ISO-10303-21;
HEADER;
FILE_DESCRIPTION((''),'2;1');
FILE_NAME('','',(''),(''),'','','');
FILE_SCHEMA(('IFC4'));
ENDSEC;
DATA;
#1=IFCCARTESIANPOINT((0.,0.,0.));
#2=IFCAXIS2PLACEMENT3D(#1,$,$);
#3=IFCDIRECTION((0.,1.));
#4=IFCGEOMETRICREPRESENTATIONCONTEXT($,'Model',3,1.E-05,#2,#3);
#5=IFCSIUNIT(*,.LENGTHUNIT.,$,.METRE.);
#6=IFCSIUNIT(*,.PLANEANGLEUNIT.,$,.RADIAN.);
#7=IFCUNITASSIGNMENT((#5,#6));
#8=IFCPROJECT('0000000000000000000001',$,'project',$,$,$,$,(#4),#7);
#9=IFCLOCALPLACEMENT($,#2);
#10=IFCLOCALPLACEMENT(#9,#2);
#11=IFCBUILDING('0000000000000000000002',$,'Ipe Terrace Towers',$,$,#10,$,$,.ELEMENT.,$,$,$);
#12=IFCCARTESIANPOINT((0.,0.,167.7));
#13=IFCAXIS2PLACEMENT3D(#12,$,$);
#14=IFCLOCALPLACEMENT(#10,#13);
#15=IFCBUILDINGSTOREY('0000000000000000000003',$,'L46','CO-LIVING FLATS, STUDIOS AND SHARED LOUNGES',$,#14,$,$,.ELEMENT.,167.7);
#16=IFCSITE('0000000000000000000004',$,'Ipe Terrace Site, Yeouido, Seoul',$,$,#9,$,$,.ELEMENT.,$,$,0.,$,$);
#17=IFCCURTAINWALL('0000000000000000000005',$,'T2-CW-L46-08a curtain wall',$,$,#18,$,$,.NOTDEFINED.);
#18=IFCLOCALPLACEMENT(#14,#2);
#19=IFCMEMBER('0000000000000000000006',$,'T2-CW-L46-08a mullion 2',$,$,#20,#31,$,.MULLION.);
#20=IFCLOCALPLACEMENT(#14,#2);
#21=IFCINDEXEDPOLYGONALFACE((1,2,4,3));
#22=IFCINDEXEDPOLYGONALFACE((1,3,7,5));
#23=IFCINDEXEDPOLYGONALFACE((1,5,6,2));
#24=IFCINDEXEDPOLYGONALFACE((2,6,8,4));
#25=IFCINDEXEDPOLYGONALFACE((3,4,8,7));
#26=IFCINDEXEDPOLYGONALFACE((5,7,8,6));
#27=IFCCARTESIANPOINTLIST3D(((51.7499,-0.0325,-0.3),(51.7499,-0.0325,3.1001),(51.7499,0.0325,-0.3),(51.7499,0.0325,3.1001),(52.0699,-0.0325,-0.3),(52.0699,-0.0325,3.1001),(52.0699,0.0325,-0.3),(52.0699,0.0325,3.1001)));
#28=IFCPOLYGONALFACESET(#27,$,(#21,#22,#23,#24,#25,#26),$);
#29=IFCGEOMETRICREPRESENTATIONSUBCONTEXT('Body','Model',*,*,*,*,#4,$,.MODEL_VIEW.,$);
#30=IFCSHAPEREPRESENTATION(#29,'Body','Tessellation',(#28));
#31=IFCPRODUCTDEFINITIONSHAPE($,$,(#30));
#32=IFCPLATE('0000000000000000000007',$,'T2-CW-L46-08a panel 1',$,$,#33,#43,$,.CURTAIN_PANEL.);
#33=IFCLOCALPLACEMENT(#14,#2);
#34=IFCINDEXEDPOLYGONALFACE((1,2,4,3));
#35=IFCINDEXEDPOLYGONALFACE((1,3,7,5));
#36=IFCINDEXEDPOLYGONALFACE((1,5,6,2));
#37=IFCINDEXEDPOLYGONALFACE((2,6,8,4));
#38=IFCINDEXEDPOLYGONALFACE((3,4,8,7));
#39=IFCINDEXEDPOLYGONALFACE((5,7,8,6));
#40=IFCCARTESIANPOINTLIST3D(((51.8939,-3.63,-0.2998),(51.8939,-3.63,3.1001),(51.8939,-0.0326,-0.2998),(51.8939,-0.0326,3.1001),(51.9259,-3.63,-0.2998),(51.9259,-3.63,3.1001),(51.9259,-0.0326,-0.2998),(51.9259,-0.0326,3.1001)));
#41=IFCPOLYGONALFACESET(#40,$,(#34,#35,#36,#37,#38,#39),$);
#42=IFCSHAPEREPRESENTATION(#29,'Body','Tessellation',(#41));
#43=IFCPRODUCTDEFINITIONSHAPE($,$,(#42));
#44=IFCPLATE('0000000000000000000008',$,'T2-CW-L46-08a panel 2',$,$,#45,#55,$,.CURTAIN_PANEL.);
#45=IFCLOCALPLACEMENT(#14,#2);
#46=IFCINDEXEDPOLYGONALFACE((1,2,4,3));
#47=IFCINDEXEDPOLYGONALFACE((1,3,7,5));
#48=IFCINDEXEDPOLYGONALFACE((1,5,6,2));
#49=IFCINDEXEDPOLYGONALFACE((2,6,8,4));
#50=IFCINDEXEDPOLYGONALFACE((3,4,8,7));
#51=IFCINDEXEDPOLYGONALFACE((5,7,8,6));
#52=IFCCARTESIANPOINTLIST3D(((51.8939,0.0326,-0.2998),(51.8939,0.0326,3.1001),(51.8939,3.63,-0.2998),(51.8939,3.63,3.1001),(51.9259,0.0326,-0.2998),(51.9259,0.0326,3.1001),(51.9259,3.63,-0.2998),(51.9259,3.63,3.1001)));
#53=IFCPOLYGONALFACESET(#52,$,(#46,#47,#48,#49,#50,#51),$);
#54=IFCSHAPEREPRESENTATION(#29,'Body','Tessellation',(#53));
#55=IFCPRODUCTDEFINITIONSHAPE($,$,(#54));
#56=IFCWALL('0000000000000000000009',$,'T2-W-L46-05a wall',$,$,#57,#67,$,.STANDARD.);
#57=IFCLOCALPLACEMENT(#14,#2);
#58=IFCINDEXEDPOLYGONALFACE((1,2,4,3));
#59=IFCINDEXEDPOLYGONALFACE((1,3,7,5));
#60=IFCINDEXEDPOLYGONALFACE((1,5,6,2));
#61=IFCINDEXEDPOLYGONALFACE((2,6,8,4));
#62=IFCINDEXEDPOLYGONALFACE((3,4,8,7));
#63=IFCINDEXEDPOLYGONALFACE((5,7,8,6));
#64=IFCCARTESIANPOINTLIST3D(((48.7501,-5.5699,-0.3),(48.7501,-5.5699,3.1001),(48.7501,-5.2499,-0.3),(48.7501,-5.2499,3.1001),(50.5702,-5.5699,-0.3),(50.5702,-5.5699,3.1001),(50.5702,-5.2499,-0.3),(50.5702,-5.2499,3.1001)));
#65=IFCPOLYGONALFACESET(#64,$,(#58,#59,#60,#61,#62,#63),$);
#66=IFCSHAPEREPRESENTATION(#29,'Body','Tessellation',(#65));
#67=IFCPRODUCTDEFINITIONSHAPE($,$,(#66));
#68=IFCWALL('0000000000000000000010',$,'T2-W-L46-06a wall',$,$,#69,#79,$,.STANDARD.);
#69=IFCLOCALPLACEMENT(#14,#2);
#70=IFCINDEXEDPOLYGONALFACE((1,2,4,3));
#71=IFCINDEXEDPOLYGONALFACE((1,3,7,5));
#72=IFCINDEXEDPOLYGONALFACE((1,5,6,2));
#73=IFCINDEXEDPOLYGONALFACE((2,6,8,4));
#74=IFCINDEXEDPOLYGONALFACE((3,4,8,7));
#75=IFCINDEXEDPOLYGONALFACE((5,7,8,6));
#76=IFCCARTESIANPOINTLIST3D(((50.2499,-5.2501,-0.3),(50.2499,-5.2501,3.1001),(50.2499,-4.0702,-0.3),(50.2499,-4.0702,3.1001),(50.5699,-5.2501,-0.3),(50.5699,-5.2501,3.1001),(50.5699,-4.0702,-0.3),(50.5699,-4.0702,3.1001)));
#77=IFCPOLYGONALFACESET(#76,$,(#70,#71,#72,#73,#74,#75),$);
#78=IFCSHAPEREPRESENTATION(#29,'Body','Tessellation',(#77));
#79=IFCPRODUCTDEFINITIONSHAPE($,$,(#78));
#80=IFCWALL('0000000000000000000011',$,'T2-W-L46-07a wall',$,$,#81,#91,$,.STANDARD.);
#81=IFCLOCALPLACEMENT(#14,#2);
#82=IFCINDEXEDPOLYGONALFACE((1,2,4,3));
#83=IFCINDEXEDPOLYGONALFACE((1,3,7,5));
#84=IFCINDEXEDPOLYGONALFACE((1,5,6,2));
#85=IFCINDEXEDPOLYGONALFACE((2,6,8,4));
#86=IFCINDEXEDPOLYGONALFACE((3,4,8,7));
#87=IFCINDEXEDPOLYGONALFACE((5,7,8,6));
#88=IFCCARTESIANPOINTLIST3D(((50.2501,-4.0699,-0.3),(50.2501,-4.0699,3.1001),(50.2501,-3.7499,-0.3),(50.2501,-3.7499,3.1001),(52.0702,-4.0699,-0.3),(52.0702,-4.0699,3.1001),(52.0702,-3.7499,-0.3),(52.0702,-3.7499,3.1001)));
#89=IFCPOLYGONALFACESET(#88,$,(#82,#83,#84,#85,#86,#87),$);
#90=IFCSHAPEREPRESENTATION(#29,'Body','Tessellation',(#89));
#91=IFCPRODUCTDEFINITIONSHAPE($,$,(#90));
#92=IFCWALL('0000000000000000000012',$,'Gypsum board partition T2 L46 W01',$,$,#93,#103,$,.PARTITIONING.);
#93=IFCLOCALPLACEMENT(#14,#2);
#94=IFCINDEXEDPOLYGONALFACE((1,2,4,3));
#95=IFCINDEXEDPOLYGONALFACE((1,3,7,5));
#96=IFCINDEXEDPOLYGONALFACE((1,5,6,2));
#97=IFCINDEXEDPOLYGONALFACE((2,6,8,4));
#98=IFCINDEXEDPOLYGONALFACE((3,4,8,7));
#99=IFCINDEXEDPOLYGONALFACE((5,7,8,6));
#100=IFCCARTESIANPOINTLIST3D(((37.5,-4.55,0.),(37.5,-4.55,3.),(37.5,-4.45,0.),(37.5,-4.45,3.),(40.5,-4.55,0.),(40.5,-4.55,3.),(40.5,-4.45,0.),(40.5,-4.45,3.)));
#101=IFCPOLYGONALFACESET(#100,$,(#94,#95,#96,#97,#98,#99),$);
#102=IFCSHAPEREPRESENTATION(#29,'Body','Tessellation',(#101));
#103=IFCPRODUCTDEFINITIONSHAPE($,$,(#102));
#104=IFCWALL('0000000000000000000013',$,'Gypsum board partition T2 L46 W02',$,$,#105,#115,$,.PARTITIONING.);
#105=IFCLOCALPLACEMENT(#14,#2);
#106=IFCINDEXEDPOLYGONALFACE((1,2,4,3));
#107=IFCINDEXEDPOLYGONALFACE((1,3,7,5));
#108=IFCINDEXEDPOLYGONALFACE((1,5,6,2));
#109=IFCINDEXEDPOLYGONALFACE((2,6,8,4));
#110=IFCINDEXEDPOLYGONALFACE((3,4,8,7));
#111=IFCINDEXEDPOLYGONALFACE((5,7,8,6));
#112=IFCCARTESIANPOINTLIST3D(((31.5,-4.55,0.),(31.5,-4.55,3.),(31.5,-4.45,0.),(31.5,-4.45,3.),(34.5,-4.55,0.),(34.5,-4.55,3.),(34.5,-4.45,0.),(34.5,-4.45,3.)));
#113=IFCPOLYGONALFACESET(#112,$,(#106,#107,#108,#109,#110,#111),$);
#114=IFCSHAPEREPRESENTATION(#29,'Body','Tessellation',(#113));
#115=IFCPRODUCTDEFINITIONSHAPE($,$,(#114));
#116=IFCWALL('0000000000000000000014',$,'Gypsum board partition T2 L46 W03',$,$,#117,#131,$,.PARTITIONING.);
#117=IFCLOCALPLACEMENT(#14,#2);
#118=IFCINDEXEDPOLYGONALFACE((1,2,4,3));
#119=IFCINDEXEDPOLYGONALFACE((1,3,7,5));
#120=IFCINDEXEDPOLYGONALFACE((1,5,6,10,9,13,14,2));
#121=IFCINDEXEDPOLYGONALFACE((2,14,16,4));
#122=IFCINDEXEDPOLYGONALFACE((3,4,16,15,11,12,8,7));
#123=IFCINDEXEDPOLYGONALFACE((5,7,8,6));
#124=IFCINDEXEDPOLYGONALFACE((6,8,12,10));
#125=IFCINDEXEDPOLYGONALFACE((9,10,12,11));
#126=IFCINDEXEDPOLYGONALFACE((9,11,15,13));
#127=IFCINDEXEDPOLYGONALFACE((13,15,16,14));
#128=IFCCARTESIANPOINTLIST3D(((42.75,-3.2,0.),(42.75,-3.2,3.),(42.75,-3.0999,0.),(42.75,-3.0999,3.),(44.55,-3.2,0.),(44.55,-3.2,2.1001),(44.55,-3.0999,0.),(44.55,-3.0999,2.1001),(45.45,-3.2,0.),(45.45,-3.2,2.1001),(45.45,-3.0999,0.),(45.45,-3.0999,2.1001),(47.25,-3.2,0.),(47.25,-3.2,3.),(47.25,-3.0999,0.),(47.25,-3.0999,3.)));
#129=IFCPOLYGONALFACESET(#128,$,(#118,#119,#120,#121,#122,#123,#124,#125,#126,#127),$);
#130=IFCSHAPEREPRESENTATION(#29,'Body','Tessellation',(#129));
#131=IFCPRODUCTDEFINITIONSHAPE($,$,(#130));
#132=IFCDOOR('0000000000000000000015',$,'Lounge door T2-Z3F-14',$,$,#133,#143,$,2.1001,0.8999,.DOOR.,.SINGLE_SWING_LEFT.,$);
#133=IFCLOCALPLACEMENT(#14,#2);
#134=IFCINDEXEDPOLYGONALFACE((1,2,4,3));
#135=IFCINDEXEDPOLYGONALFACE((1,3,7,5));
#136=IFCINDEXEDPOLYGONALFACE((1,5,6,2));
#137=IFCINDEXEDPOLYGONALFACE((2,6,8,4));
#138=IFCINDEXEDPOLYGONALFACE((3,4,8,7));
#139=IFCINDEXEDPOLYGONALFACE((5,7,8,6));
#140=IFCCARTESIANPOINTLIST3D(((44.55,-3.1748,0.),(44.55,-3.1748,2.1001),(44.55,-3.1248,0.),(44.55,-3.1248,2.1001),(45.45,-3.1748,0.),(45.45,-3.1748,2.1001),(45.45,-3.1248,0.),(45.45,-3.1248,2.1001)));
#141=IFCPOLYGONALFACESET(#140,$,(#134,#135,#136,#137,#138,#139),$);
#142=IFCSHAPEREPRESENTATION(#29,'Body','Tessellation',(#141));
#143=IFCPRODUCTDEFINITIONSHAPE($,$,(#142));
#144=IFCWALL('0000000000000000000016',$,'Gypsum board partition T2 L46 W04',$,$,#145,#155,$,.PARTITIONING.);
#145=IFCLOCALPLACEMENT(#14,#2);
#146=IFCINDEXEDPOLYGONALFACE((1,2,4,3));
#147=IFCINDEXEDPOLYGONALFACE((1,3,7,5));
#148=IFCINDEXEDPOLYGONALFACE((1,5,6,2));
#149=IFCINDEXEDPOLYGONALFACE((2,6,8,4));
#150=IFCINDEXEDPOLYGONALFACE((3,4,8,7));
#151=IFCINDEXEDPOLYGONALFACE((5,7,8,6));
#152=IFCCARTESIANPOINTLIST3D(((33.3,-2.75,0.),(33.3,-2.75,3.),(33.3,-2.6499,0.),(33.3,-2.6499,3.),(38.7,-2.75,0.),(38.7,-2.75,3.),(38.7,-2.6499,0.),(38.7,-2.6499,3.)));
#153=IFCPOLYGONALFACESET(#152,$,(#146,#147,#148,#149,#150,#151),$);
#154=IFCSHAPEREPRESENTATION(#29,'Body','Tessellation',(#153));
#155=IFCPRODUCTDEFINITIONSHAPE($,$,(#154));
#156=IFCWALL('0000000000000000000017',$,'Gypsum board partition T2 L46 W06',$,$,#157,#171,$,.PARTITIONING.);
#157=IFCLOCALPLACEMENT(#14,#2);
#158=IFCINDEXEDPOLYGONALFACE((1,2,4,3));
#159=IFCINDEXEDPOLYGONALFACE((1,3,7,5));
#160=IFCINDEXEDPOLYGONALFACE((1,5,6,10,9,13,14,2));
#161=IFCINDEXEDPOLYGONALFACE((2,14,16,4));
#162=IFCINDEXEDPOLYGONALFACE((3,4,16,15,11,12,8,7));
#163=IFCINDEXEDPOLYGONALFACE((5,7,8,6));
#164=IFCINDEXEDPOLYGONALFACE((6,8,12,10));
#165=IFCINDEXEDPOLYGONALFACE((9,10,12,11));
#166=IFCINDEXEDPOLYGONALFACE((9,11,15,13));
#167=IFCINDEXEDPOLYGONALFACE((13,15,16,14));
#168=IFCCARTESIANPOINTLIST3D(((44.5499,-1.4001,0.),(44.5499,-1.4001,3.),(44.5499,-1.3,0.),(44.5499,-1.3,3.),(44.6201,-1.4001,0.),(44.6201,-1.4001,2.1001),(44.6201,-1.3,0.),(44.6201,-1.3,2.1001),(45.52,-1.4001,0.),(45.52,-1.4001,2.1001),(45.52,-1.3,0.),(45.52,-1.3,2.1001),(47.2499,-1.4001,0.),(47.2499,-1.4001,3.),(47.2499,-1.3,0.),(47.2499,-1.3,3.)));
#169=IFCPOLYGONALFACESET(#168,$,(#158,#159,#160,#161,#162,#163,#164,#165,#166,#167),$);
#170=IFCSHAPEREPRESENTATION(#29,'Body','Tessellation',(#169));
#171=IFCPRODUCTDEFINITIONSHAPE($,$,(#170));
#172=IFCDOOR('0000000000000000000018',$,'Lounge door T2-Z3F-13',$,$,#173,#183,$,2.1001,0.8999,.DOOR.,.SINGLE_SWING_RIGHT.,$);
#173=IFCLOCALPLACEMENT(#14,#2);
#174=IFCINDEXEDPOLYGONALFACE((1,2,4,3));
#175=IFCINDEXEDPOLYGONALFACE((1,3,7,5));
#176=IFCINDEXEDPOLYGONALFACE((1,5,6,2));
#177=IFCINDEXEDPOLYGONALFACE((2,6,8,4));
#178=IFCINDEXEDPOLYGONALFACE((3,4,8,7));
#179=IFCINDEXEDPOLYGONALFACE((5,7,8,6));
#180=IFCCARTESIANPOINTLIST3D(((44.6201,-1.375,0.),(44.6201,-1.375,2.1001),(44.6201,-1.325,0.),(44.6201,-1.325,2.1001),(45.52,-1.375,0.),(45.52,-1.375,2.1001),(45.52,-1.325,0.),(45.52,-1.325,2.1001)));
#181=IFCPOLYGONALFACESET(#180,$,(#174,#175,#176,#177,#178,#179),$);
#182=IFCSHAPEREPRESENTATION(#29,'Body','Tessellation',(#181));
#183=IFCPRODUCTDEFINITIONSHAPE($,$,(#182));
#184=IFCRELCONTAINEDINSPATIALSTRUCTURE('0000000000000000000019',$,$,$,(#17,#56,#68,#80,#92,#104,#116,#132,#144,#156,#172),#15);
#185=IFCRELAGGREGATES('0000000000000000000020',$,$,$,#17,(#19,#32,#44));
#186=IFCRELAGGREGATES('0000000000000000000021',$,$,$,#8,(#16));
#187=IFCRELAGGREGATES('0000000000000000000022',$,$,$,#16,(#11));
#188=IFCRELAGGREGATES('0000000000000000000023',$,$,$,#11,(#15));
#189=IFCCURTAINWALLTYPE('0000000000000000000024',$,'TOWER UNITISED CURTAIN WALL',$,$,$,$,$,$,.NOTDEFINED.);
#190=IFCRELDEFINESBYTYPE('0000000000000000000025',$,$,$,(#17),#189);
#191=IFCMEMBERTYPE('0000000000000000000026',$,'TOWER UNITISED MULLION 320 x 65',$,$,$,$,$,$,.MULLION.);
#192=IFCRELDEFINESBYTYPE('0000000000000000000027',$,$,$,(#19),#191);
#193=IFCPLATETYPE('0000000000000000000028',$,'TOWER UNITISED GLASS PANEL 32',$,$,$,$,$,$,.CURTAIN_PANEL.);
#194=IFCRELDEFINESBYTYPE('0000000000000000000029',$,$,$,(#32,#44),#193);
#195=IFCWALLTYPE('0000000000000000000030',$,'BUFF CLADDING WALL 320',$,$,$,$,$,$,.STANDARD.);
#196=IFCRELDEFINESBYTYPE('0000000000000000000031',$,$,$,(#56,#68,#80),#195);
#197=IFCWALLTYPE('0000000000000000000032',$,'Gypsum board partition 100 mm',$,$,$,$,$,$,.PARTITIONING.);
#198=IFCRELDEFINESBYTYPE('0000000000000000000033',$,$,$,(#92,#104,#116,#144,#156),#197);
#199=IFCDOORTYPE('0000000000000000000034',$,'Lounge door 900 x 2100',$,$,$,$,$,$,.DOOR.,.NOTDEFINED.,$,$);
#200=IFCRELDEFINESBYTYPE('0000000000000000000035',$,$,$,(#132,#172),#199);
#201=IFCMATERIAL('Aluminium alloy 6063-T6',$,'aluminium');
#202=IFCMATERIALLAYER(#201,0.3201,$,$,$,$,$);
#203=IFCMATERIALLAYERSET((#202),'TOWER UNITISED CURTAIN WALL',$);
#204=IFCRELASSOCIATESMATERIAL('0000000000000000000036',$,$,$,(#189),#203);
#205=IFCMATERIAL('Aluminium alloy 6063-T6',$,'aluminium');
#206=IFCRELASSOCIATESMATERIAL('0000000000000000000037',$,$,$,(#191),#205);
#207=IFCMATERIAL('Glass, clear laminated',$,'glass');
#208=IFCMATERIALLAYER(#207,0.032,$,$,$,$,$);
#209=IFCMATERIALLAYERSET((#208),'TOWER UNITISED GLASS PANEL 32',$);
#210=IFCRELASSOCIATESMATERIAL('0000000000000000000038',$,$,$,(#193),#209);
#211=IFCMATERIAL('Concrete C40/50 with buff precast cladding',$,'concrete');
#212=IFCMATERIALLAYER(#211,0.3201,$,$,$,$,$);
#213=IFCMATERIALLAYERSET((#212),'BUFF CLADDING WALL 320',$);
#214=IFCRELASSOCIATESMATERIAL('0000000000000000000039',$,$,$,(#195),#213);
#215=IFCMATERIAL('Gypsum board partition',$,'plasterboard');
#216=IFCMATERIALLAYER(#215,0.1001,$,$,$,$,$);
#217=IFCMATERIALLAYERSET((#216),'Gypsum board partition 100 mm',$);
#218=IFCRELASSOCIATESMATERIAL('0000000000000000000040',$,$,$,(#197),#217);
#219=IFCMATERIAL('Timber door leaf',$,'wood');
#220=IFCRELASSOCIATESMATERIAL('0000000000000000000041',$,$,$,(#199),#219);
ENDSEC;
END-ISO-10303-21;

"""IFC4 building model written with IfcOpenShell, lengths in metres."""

from ifc_helpers import new_model, si_unit, direction, frame, frame_2d, origin, origin_2d, place, context, subcontext, project, spatial, rectangle, extrude, material, layer, layer_set, material_profile, profile_set, type_object, element, fill, aggregate, save


model = new_model("IFC4")

# Units and contexts
model_context = context("Model", 3, precision=1e-05, world=origin(), true_north=direction((0.0, 1.0)))
body_context = subcontext(model_context, "Body", "Model", "MODEL_VIEW")
ifc_project = project(units=[si_unit("LENGTHUNIT", "METRE"), si_unit("PLANEANGLEUNIT", "RADIAN")], contexts=[model_context])

# Site, building, storey
site_placement = place(None, origin())
site = spatial("IfcSite", under=ifc_project, at=site_placement, Name="Ipe Terrace Site, Yeouido, Seoul", CompositionType="ELEMENT", RefElevation=0.0)
building_placement = place(site_placement, origin())
building = spatial("IfcBuilding", under=site, at=building_placement, Name="Ipe Terrace Towers", CompositionType="ELEMENT")
storey_placement = place(building_placement, frame((0.0, 0.0, 167.7)))
storey = spatial("IfcBuildingStorey", under=building, at=storey_placement, Name="L46", Description="CO-LIVING FLATS, STUDIOS AND SHARED LOUNGES", CompositionType="ELEMENT", Elevation=167.7)

# Curtain wall, member, plates
ifc_material_1 = material(Name="Aluminium alloy 6063-T6", Category="aluminium")
ifc_layer_1 = layer(ifc_material_1, 0.3201)
ifc_layer_set_1 = layer_set([ifc_layer_1], Name="TOWER UNITISED CURTAIN WALL")
curtain_wall_type = type_object("IfcCurtainWallType", Name="TOWER UNITISED CURTAIN WALL", PredefinedType="NOTDEFINED", material=ifc_layer_set_1)
curtain_wall_placement = place(storey_placement, origin())
curtain_wall = element("IfcCurtainWall", 1, at=curtain_wall_placement, inside=storey, type_object=curtain_wall_type, Name="T2-CW-L46-08a curtain wall", PredefinedType="NOTDEFINED")
ifc_material_2 = material(Name="Aluminium alloy 6063-T6", Category="aluminium")
ifc_material_profile_1 = material_profile(ifc_material_2, rectangle(XDim=0.3201, YDim=0.0649, at=origin_2d()), Name="TOWER UNITISED MULLION 320 x 65")
ifc_profile_set_1 = profile_set([ifc_material_profile_1], Name="Aluminium alloy 6063-T6")
member_type_1 = type_object("IfcMemberType", Name="TOWER UNITISED MULLION 320 x 65", PredefinedType="MULLION", material=ifc_profile_set_1)
member_1_placement = place(storey_placement, frame((51.9099, 0.0, -0.3), z_axis=(0.0, 0.0, 1.0), x_axis=(1.0, 0.0, 0.0)))
member_1 = element("IfcMember", 2, at=member_1_placement, type_object=member_type_1, Name="T2-CW-L46-08a mullion 2", PredefinedType="MULLION", context=body_context, shape_type="SweptSolid", body=[
    extrude(rectangle(XDim=0.3201, YDim=0.0649, at=origin_2d()), origin(), (0.0, 0.0, 1.0), 3.4001),
])
ifc_material_3 = material(Name="Glass, clear laminated", Category="glass")
ifc_layer_2 = layer(ifc_material_3, 0.032)
ifc_layer_set_2 = layer_set([ifc_layer_2], Name="TOWER UNITISED GLASS PANEL 32")
plate_type = type_object("IfcPlateType", Name="TOWER UNITISED GLASS PANEL 32", PredefinedType="CURTAIN_PANEL", material=ifc_layer_set_2)
plate_1_placement = place(storey_placement, frame((51.9099, -1.8313, -0.2998), z_axis=(0.0, 0.0, 1.0), x_axis=(0.0, 1.0, 0.0)))
plate_1 = element("IfcPlate", 3, at=plate_1_placement, type_object=plate_type, Name="T2-CW-L46-08a panel 1", PredefinedType="CURTAIN_PANEL", context=body_context, shape_type="SweptSolid", body=[
    extrude(rectangle(XDim=3.5974, YDim=0.032, at=origin_2d()), origin(), (0.0, 0.0, 1.0), 3.3999),
])
plate_2_placement = place(storey_placement, frame((51.9099, 1.8313, -0.2998), z_axis=(0.0, 0.0, 1.0), x_axis=(0.0, 1.0, 0.0)))
plate_2 = element("IfcPlate", 4, at=plate_2_placement, type_object=plate_type, Name="T2-CW-L46-08a panel 2", PredefinedType="CURTAIN_PANEL", context=body_context, shape_type="SweptSolid", body=[
    extrude(rectangle(XDim=3.5974, YDim=0.032, at=origin_2d()), origin(), (0.0, 0.0, 1.0), 3.3999),
])
aggregate(curtain_wall, [member_1, plate_1, plate_2])

# Walls
ifc_material_4 = material(Name="Concrete C40/50 with buff precast cladding", Category="concrete")
ifc_layer_3 = layer(ifc_material_4, 0.3201)
ifc_layer_set_3 = layer_set([ifc_layer_3], Name="BUFF CLADDING WALL 320")
wall_type_1 = type_object("IfcWallType", Name="BUFF CLADDING WALL 320", PredefinedType="STANDARD", material=ifc_layer_set_3)
wall_1_placement = place(storey_placement, frame((48.75, -5.4099, -0.3), z_axis=(0.0, 0.0, 1.0), x_axis=(1.0, 0.0, 0.0)))
element("IfcWall", 5, at=wall_1_placement, inside=storey, type_object=wall_type_1, Name="T2-W-L46-05a wall", PredefinedType="STANDARD", context=body_context, shape_type="SweptSolid", body=[
    extrude(rectangle(XDim=1.8201, YDim=0.3201, at=frame_2d((0.9102, 0.0))), origin(), (0.0, 0.0, 1.0), 3.4001),
])
wall_2_placement = place(storey_placement, frame((50.4099, -5.25, -0.3), z_axis=(0.0, 0.0, 1.0), x_axis=(0.0, 1.0, 0.0)))
element("IfcWall", 6, at=wall_2_placement, inside=storey, type_object=wall_type_1, Name="T2-W-L46-06a wall", PredefinedType="STANDARD", context=body_context, shape_type="SweptSolid", body=[
    extrude(rectangle(XDim=1.1799, YDim=0.3201, at=frame_2d((0.5898, 0.0))), origin(), (0.0, 0.0, 1.0), 3.4001),
])
wall_3_placement = place(storey_placement, frame((50.25, -3.9099, -0.3), z_axis=(0.0, 0.0, 1.0), x_axis=(1.0, 0.0, 0.0)))
element("IfcWall", 7, at=wall_3_placement, inside=storey, type_object=wall_type_1, Name="T2-W-L46-07a wall", PredefinedType="STANDARD", context=body_context, shape_type="SweptSolid", body=[
    extrude(rectangle(XDim=1.8201, YDim=0.3201, at=frame_2d((0.9102, 0.0))), origin(), (0.0, 0.0, 1.0), 3.4001),
])
ifc_material_5 = material(Name="Gypsum board partition", Category="plasterboard")
ifc_layer_4 = layer(ifc_material_5, 0.1001)
ifc_layer_set_4 = layer_set([ifc_layer_4], Name="Gypsum board partition 100 mm")
wall_type_2 = type_object("IfcWallType", Name="Gypsum board partition 100 mm", PredefinedType="PARTITIONING", material=ifc_layer_set_4)
for number, where, z_axis, x_axis, name in (
    (8, (40.5, -4.5, 0.0), (0.0, 0.0, 1.0), (-1.0, 0.0, 0.0), "Gypsum board partition T2 L46 W01"),
    (9, (34.5, -4.5, 0.0), (0.0, 0.0, 1.0), (-1.0, 0.0, 0.0), "Gypsum board partition T2 L46 W02"),
):
    element("IfcWall", number, at=place(storey_placement, frame(where, z_axis=z_axis, x_axis=x_axis)), inside=storey, type_object=wall_type_2, Name=name, PredefinedType="PARTITIONING", context=body_context, shape_type="SweptSolid", body=[
        extrude(rectangle(XDim=3.0, YDim=0.1001, at=frame_2d((1.5, 0.0))), origin(), (0.0, 0.0, 1.0), 3.0),
    ])

# Wall, opening, door
wall_4_placement = place(storey_placement, frame((47.25, -3.1499, 0.0), z_axis=(0.0, 0.0, 1.0), x_axis=(-1.0, 0.0, 0.0)))
wall_4 = element("IfcWall", 10, at=wall_4_placement, inside=storey, type_object=wall_type_2, Name="Gypsum board partition T2 L46 W03", PredefinedType="PARTITIONING", context=body_context, shape_type="SweptSolid", body=[
    extrude(rectangle(XDim=4.5, YDim=0.1001, at=frame_2d((2.25, 0.0))), origin(), (0.0, 0.0, 1.0), 3.0),
])
opening_1_placement = place(wall_4_placement, frame((1.8, 0.0, 0.0)))
opening_1 = element("IfcOpeningElement", 11, at=opening_1_placement, cuts=wall_4, PredefinedType="OPENING", context=body_context, shape_type="SweptSolid", body=[
    extrude(rectangle(XDim=0.8999, YDim=2.1001, at=frame_2d((0.45, 1.05))), frame((0.0, 0.0601, 0.0), z_axis=(0.0, -1.0, 0.0), x_axis=(1.0, 0.0, 0.0)), (0.0, 0.0, 1.0), 0.1201),
])
ifc_material_6 = material(Name="Timber door leaf", Category="wood")
door_type = type_object("IfcDoorType", Name="Lounge door 900 x 2100", OperationType="NOTDEFINED", PredefinedType="DOOR", material=ifc_material_6)
door_1_placement = place(opening_1_placement, origin())
door_1 = element("IfcDoor", 12, at=door_1_placement, inside=storey, type_object=door_type, Name="Lounge door T2-Z3F-14", OperationType="SINGLE_SWING_LEFT", OverallHeight=2.1001, OverallWidth=0.8999, PredefinedType="DOOR", context=body_context, shape_type="SweptSolid", body=[
    extrude(rectangle(XDim=0.8999, YDim=2.1001, at=frame_2d((0.45, 1.05))), frame((0.0, 0.0249, 0.0), z_axis=(0.0, -1.0, 0.0), x_axis=(1.0, 0.0, 0.0)), (0.0, 0.0, 1.0), 0.05),
])
fill(opening_1, door_1)

# Wall
wall_5_placement = place(storey_placement, frame((38.7, -2.7, 0.0), z_axis=(0.0, 0.0, 1.0), x_axis=(-1.0, 0.0, 0.0)))
element("IfcWall", 13, at=wall_5_placement, inside=storey, type_object=wall_type_2, Name="Gypsum board partition T2 L46 W04", PredefinedType="PARTITIONING", context=body_context, shape_type="SweptSolid", body=[
    extrude(rectangle(XDim=5.3999, YDim=0.1001, at=frame_2d((2.7, 0.0))), origin(), (0.0, 0.0, 1.0), 3.0),
])

# Wall, opening, door
wall_6_placement = place(storey_placement, frame((47.25, -1.3501, 0.0), z_axis=(0.0, 0.0, 1.0), x_axis=(-1.0, 0.0, 0.0)))
wall_6 = element("IfcWall", 14, at=wall_6_placement, inside=storey, type_object=wall_type_2, Name="Gypsum board partition T2 L46 W06", PredefinedType="PARTITIONING", context=body_context, shape_type="SweptSolid", body=[
    extrude(rectangle(XDim=2.7, YDim=0.1001, at=frame_2d((1.3501, 0.0))), origin(), (0.0, 0.0, 1.0), 3.0),
])
opening_2_placement = place(wall_6_placement, frame((1.73, 0.0, 0.0)))
opening_2 = element("IfcOpeningElement", 15, at=opening_2_placement, cuts=wall_6, PredefinedType="OPENING", context=body_context, shape_type="SweptSolid", body=[
    extrude(rectangle(XDim=0.8999, YDim=2.1001, at=frame_2d((0.45, 1.05))), frame((0.0, 0.0601, 0.0), z_axis=(0.0, -1.0, 0.0), x_axis=(1.0, 0.0, 0.0)), (0.0, 0.0, 1.0), 0.1201),
])
door_2_placement = place(opening_2_placement, origin())
door_2 = element("IfcDoor", 16, at=door_2_placement, inside=storey, type_object=door_type, Name="Lounge door T2-Z3F-13", OperationType="SINGLE_SWING_RIGHT", OverallHeight=2.1001, OverallWidth=0.8999, PredefinedType="DOOR", context=body_context, shape_type="SweptSolid", body=[
    extrude(rectangle(XDim=0.8999, YDim=2.1001, at=frame_2d((0.45, 1.05))), frame((0.0, 0.0249, 0.0), z_axis=(0.0, -1.0, 0.0), x_axis=(1.0, 0.0, 0.0)), (0.0, 0.0, 1.0), 0.05),
])
fill(opening_2, door_2)

save(model, "model.ifc")
